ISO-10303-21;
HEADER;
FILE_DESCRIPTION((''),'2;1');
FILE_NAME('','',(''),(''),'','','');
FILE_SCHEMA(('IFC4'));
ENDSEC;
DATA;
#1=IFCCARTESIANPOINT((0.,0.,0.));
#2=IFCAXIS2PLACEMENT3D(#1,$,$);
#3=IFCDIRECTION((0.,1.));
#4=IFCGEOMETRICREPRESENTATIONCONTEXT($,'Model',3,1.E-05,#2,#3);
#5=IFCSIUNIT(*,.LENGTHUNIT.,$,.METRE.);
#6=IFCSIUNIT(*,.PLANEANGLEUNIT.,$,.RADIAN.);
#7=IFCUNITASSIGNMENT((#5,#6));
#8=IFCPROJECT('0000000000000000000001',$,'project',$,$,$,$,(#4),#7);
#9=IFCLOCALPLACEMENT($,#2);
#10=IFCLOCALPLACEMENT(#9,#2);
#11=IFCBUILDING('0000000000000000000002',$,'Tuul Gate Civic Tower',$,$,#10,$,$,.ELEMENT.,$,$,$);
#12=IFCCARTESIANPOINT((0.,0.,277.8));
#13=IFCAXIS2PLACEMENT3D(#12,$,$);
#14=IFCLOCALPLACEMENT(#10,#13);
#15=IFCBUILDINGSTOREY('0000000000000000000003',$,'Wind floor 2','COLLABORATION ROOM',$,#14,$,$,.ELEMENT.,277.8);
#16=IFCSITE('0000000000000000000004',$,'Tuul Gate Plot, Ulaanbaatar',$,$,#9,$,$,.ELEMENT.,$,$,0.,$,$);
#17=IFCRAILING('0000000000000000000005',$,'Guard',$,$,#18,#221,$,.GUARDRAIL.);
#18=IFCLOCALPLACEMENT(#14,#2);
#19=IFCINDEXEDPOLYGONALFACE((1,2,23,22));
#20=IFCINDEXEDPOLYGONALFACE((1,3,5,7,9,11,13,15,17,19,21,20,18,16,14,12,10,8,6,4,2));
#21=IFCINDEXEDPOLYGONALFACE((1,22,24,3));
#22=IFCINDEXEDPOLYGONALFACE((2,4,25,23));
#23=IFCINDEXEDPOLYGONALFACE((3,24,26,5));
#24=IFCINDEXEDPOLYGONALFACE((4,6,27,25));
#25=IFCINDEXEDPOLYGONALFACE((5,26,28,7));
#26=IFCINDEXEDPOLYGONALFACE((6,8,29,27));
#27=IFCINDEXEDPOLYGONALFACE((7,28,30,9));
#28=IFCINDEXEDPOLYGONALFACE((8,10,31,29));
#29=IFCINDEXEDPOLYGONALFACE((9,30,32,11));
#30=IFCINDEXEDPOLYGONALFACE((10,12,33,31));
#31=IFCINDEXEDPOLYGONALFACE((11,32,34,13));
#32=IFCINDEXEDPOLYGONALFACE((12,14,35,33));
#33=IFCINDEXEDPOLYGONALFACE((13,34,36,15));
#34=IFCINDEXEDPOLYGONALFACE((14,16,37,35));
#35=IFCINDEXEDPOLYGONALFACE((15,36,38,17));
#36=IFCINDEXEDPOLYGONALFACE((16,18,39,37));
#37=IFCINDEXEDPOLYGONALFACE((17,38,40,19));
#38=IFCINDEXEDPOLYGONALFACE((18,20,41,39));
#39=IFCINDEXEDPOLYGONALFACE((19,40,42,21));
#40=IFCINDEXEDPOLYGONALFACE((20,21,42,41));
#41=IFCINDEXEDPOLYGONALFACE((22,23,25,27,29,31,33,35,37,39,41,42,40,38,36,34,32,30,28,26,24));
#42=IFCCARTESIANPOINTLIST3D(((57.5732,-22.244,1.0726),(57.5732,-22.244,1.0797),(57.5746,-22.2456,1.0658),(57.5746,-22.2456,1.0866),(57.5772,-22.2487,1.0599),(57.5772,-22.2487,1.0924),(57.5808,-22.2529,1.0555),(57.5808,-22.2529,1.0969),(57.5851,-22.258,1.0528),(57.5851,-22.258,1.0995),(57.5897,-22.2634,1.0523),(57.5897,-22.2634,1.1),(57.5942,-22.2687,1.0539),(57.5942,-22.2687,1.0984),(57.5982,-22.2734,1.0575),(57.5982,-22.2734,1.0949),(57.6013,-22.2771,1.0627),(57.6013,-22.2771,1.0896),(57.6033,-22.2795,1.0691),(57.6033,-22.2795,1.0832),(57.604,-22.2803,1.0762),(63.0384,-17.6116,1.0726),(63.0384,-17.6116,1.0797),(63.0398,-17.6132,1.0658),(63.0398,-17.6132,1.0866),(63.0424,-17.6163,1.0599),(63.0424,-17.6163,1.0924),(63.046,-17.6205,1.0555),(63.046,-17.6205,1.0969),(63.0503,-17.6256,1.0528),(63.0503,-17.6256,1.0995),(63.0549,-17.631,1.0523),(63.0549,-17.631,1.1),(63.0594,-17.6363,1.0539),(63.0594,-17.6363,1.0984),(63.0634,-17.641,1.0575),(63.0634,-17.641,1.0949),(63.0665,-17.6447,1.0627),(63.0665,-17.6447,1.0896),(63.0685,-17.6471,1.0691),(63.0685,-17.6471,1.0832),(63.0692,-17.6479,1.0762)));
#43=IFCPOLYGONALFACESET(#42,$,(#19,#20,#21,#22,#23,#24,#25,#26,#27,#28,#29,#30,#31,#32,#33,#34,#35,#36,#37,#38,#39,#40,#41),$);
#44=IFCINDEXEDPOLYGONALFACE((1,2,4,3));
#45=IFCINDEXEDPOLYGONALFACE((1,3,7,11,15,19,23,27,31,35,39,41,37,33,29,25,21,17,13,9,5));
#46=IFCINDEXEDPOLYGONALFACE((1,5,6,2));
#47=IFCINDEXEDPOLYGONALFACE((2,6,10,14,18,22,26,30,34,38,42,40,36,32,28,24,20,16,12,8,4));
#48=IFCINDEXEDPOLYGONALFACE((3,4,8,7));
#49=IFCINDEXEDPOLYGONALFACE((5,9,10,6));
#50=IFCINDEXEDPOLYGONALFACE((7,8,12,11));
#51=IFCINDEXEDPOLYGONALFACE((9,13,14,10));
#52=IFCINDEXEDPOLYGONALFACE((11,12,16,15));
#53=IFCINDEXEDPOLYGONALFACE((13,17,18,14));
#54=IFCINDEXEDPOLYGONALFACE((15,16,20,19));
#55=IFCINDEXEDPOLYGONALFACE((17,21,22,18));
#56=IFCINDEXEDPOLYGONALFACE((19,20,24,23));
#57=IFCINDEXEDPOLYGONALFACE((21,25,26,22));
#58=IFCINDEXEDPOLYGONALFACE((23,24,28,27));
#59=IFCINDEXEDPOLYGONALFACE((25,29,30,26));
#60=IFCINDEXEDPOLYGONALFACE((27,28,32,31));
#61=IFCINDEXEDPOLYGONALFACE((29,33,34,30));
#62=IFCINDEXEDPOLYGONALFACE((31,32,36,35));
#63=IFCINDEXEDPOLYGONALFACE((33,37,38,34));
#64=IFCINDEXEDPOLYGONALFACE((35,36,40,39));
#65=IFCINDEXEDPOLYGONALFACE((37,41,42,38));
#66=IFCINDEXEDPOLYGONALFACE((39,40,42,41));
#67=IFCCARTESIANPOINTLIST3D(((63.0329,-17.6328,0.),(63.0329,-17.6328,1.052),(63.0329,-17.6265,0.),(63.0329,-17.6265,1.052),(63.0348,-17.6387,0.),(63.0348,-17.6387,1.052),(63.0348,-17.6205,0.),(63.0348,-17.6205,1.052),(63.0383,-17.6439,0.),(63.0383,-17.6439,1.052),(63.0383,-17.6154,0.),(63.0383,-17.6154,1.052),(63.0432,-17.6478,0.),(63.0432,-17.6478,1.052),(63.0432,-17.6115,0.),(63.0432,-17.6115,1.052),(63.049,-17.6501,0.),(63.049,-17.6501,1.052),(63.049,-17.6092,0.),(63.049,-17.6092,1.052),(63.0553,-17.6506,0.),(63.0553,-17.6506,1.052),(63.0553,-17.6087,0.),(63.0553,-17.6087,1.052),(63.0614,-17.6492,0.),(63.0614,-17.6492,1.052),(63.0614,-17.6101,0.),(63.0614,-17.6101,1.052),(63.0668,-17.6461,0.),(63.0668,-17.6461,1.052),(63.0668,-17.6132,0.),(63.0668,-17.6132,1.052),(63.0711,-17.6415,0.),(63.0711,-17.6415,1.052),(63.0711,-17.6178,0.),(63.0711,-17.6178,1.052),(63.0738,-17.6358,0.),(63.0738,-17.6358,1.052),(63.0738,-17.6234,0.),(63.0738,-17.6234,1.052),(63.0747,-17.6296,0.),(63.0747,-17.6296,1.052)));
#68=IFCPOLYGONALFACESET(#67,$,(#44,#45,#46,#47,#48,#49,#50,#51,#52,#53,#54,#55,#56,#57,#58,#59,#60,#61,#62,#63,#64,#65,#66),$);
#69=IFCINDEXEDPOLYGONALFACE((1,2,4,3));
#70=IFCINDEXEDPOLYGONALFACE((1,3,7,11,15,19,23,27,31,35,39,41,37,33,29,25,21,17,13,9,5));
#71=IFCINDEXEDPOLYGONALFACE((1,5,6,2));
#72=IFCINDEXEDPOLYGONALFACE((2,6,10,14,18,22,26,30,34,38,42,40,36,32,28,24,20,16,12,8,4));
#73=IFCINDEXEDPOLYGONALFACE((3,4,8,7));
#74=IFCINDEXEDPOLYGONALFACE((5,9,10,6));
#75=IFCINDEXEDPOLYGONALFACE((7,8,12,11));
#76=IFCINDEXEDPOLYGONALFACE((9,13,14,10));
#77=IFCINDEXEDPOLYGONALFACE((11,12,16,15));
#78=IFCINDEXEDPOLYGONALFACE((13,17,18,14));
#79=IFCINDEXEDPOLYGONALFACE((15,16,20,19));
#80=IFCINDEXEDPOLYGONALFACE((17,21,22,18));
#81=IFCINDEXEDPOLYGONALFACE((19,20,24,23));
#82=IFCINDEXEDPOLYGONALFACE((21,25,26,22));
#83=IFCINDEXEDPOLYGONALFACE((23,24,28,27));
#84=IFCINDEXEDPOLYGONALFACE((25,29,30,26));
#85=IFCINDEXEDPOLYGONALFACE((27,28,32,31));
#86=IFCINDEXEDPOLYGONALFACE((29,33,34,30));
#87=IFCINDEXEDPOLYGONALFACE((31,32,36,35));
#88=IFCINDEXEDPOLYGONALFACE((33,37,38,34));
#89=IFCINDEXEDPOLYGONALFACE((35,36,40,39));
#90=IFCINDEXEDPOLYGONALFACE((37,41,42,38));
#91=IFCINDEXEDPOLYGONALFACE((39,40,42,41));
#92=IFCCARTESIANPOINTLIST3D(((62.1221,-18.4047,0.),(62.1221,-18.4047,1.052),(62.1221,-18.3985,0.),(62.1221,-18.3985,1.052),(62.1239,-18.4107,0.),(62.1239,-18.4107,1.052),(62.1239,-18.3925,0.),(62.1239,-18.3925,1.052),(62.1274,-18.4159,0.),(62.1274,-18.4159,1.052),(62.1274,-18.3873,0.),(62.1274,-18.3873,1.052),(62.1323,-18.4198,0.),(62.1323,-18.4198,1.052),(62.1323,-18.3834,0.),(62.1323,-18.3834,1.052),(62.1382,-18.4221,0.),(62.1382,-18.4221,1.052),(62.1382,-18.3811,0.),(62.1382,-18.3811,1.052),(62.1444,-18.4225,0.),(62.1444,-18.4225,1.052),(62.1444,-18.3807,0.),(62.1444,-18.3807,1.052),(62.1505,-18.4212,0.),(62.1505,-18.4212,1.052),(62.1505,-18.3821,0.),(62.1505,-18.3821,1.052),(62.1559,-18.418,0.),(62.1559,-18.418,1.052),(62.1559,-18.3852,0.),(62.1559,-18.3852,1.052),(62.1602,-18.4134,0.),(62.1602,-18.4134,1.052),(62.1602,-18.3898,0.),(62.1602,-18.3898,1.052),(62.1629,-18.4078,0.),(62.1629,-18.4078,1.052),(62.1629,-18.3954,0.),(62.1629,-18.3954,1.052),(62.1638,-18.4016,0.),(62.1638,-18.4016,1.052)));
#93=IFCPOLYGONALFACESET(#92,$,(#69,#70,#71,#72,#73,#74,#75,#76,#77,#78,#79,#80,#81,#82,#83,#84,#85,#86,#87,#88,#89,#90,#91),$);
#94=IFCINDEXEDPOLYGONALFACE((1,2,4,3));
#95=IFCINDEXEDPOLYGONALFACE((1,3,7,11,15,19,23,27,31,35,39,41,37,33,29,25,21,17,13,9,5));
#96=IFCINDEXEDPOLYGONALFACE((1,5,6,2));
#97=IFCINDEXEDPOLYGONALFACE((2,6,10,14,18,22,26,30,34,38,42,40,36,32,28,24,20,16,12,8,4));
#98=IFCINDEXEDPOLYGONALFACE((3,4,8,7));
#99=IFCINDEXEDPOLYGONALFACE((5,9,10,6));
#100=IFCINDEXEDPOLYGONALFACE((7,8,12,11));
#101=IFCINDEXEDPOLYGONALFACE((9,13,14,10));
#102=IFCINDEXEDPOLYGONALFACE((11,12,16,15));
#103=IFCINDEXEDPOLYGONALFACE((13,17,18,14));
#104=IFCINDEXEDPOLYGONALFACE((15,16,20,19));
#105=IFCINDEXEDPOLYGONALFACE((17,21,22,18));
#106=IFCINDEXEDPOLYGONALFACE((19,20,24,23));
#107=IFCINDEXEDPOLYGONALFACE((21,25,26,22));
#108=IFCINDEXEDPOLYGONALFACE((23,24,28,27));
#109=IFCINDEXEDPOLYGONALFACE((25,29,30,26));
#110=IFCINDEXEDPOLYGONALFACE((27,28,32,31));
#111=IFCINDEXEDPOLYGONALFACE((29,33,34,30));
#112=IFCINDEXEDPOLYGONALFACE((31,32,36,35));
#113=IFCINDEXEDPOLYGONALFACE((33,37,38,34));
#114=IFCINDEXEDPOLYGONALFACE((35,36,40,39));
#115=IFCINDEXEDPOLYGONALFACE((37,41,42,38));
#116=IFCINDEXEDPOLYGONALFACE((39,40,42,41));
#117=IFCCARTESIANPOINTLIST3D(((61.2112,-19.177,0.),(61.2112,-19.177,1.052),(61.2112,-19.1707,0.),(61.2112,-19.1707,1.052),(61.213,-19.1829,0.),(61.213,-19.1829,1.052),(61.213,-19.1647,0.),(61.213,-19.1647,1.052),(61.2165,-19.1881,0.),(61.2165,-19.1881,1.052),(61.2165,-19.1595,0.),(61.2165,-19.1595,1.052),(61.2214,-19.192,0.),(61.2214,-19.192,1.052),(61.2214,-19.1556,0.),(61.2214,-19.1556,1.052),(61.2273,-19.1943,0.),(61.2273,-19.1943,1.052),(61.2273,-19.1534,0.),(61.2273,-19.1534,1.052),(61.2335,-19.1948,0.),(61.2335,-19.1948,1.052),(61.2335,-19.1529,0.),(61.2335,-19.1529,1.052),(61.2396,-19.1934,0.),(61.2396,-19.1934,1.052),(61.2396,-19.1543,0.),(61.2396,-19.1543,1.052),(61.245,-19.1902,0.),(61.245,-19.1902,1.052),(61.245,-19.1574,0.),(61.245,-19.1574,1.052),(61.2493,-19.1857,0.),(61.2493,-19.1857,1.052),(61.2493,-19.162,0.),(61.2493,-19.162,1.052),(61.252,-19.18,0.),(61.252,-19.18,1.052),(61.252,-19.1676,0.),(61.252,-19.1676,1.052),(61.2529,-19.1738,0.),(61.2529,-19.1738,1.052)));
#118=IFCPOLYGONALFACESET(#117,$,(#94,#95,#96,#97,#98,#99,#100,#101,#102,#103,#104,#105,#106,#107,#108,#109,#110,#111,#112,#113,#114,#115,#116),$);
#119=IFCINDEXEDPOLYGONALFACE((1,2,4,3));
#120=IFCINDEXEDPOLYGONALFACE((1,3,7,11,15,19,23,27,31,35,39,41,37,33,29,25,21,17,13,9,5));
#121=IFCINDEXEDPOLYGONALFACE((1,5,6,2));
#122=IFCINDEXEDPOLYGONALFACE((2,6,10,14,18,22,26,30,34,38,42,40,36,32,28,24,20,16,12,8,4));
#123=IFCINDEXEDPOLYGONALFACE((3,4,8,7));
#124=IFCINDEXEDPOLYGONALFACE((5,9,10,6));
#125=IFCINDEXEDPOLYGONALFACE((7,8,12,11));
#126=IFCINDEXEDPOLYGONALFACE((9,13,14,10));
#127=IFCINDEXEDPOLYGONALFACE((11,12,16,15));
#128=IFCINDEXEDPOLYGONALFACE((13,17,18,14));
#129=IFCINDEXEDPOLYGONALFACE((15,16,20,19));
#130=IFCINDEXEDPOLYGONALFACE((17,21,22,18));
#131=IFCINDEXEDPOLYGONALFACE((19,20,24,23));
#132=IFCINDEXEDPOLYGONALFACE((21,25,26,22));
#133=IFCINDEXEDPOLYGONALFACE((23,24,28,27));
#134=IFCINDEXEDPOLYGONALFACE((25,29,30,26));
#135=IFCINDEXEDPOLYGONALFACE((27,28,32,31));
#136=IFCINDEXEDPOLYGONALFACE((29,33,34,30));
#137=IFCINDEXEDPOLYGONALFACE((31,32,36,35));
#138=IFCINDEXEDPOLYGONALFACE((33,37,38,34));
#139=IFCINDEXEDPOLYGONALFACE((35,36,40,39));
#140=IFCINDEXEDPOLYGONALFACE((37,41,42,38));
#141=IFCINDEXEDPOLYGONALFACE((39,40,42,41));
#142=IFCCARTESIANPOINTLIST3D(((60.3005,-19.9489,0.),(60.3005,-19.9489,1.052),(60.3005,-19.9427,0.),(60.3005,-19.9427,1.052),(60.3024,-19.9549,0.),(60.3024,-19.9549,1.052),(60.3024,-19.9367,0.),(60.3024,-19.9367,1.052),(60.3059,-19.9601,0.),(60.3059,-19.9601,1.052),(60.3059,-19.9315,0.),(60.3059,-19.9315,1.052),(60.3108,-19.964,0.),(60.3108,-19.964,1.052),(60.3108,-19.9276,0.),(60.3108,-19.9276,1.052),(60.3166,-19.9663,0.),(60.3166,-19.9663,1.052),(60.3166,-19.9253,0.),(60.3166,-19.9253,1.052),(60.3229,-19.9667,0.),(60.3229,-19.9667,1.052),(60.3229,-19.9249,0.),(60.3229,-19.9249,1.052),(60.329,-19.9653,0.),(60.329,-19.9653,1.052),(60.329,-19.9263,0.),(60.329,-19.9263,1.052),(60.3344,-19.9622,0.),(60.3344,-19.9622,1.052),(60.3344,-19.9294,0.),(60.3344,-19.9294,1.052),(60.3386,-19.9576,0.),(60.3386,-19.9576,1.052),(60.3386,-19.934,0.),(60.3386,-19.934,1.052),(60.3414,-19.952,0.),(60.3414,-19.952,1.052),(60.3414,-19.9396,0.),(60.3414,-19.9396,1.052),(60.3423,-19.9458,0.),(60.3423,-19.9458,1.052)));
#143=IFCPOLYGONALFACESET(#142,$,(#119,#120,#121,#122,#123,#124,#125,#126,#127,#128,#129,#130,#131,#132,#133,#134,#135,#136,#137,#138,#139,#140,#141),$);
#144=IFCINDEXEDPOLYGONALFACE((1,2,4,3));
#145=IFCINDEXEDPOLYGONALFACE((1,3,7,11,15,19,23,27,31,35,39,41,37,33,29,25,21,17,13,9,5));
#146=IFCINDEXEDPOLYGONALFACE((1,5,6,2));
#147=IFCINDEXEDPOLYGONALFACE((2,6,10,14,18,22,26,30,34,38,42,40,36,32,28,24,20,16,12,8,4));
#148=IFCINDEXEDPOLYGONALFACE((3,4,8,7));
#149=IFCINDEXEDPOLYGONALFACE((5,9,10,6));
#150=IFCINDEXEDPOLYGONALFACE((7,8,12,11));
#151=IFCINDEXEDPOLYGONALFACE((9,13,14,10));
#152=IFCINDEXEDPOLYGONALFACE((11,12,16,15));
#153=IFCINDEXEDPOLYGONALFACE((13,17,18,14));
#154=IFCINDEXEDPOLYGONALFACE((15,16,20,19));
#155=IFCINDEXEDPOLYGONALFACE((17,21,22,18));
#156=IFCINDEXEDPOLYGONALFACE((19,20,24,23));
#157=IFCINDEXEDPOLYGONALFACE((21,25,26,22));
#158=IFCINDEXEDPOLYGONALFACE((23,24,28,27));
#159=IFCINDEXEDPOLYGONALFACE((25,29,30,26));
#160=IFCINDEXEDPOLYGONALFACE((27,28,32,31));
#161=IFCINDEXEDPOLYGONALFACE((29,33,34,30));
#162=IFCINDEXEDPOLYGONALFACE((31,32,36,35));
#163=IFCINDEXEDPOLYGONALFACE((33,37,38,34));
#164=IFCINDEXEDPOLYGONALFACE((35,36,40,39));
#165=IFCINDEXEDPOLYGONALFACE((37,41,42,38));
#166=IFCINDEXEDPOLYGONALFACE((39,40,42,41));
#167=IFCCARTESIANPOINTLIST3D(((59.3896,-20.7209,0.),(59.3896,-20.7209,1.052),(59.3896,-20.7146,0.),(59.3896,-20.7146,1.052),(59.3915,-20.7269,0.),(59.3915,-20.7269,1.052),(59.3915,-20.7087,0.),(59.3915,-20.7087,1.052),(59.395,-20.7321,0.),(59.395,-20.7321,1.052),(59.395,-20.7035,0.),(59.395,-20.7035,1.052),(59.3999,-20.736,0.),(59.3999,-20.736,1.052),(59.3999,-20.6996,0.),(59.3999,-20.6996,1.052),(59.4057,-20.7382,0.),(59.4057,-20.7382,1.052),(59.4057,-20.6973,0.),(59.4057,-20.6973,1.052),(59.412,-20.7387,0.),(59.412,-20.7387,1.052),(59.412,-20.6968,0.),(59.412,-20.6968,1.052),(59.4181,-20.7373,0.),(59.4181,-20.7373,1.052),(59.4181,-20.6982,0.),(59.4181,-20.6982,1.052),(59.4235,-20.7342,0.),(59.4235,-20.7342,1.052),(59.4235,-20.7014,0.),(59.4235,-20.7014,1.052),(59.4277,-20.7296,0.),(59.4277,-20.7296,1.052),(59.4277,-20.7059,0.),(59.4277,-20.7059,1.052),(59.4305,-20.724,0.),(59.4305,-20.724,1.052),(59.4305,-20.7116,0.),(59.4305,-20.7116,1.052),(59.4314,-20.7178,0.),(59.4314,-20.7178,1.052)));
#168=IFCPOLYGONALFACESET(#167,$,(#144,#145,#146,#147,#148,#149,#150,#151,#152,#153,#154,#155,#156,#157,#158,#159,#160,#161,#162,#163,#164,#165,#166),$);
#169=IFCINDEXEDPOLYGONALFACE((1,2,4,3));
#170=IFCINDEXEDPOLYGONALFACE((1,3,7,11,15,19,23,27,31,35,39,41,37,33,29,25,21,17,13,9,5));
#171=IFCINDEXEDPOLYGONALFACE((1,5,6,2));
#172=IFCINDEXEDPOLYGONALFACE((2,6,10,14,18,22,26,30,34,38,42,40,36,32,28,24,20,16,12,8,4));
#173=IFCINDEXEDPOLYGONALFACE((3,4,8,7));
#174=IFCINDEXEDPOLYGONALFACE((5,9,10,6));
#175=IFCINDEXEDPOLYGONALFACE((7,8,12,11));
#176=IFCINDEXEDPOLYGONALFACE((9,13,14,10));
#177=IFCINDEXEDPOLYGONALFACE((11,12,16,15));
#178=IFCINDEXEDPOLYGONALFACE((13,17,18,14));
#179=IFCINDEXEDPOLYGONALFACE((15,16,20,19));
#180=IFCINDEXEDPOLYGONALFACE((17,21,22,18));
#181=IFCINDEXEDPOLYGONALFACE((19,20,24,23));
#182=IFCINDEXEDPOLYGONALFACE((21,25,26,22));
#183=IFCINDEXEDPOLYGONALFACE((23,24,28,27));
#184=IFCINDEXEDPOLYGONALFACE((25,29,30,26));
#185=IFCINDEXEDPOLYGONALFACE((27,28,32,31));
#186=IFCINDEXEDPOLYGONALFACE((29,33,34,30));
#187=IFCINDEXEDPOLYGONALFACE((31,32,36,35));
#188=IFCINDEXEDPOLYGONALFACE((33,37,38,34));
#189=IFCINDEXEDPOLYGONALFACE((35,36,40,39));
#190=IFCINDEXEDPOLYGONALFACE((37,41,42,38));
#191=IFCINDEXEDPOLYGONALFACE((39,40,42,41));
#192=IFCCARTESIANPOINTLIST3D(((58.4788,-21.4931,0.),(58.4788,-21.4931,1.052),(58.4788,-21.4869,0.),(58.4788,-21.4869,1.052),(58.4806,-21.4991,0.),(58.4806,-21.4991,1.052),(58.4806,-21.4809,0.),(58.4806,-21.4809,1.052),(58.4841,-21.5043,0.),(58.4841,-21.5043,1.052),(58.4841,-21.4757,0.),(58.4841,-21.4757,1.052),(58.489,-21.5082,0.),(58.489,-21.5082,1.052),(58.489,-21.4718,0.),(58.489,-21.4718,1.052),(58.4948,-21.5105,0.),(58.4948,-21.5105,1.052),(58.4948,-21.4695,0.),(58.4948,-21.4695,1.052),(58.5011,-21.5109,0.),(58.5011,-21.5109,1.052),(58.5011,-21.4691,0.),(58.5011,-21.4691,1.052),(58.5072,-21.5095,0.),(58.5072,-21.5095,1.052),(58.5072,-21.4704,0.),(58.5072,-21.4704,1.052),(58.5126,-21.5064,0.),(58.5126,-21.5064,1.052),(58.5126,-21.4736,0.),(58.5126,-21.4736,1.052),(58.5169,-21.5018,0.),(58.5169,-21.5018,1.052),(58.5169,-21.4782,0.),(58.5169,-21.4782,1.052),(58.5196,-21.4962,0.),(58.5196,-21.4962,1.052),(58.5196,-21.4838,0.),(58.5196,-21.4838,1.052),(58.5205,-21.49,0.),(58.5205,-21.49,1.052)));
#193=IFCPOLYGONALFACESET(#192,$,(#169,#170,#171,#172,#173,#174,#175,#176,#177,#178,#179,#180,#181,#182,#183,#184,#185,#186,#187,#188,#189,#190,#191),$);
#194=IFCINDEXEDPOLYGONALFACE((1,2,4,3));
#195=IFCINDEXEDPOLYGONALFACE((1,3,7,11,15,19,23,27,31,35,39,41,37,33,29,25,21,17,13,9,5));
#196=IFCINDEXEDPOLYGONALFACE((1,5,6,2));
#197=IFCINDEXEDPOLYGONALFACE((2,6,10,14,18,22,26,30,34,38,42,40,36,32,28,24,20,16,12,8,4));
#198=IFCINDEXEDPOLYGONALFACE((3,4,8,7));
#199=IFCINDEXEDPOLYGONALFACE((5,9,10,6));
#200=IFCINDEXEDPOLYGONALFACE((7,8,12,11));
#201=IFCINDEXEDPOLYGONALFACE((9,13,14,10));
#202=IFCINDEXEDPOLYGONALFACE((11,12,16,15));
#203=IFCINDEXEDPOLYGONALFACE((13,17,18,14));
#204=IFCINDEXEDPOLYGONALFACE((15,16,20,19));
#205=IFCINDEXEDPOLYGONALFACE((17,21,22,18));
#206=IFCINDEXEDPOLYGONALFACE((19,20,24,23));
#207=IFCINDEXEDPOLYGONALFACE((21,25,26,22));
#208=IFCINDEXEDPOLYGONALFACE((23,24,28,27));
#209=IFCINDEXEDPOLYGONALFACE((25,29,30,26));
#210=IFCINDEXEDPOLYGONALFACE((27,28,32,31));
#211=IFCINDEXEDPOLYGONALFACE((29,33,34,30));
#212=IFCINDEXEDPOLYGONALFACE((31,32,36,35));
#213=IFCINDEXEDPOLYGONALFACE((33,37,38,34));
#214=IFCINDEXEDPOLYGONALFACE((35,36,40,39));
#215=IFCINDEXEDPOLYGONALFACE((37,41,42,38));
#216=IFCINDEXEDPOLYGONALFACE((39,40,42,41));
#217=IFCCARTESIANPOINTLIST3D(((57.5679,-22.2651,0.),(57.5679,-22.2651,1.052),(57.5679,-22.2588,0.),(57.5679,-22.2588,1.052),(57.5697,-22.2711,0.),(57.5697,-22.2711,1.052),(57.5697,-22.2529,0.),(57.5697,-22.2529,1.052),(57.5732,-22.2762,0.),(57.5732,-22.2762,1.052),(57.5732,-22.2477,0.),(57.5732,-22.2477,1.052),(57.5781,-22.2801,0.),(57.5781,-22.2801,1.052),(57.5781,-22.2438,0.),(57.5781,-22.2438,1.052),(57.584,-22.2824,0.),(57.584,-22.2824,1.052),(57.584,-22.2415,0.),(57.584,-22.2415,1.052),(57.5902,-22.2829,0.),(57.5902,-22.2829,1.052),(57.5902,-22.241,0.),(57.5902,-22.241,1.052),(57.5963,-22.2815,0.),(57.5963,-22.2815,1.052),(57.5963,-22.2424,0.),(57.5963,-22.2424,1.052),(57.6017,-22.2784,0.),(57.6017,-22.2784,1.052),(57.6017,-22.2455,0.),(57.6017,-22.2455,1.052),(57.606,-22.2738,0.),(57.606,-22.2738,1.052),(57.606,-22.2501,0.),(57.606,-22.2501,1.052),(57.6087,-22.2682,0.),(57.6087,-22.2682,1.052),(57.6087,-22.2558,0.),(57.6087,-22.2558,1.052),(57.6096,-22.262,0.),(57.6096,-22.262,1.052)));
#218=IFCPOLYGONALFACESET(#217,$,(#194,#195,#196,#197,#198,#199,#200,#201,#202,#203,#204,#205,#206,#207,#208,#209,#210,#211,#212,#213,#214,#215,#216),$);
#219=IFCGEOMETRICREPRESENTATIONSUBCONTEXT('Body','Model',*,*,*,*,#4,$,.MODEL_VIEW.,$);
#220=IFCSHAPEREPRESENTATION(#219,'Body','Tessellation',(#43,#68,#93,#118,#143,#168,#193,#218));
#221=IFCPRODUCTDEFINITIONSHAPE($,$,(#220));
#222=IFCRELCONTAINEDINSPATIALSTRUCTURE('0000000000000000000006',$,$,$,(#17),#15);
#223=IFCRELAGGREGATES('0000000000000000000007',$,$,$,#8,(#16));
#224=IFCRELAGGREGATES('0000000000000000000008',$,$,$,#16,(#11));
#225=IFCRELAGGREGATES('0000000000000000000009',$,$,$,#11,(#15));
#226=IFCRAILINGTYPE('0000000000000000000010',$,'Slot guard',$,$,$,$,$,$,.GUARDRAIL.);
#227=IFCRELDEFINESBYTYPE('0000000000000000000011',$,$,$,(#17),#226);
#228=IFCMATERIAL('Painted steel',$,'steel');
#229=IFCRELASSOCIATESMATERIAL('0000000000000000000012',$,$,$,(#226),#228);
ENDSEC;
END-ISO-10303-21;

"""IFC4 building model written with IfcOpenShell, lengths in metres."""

from ifc_helpers import new_model, si_unit, direction, frame, origin, origin_2d, place, context, subcontext, project, spatial, circle, extrude, material, type_object, element, save


model = new_model("IFC4")

# Units and contexts
model_context = context("Model", 3, precision=1e-05, world=origin(), true_north=direction((0.0, 1.0)))
body_context = subcontext(model_context, "Body", "Model", "MODEL_VIEW")
ifc_project = project(units=[si_unit("LENGTHUNIT", "METRE"), si_unit("PLANEANGLEUNIT", "RADIAN")], contexts=[model_context])

# Site, building, storey
site_placement = place(None, origin())
site = spatial("IfcSite", under=ifc_project, at=site_placement, Name="Tuul Gate Plot, Ulaanbaatar", CompositionType="ELEMENT", RefElevation=0.0)
building_placement = place(site_placement, origin())
building = spatial("IfcBuilding", under=site, at=building_placement, Name="Tuul Gate Civic Tower", CompositionType="ELEMENT")
storey_placement = place(building_placement, frame((0.0, 0.0, 277.8)))
storey = spatial("IfcBuildingStorey", under=building, at=storey_placement, Name="Wind floor 2", Description="COLLABORATION ROOM", CompositionType="ELEMENT", Elevation=277.8)

# Railing
ifc_material_1 = material(Name="Painted steel", Category="steel")
railing_type = type_object("IfcRailingType", Name="Slot guard", PredefinedType="GUARDRAIL", material=ifc_material_1)
railing_1_placement = place(storey_placement, frame((63.0537, -17.6296, 0.0)))
element("IfcRailing", 1, at=railing_1_placement, inside=storey, type_object=railing_type, Name="Guard", PredefinedType="GUARDRAIL", context=body_context, shape_type="SweptSolid", body=[
    extrude(circle(Radius=0.0239, at=origin_2d()), frame((0.0, 0.0, 1.0762), z_axis=(-0.762834, -0.646594, 0.0), x_axis=(0.646594, -0.762834, 0.0)), (0.0, 0.0, 1.0), 7.1643),
    extrude(circle(Radius=0.021, at=origin_2d()), origin(), (0.0, 0.0, 1.0), 1.052),
    extrude(circle(Radius=0.021, at=origin_2d()), frame((-0.9109, -0.772, 0.0)), (0.0, 0.0, 1.0), 1.052),
    extrude(circle(Radius=0.021, at=origin_2d()), frame((-1.8218, -1.5442, 0.0)), (0.0, 0.0, 1.0), 1.052),
    extrude(circle(Radius=0.021, at=origin_2d()), frame((-2.7324, -2.3162, 0.0)), (0.0, 0.0, 1.0), 1.052),
    extrude(circle(Radius=0.021, at=origin_2d()), frame((-3.6433, -3.0881, 0.0)), (0.0, 0.0, 1.0), 1.052),
    extrude(circle(Radius=0.021, at=origin_2d()), frame((-4.5542, -3.8604, 0.0)), (0.0, 0.0, 1.0), 1.052),
    extrude(circle(Radius=0.021, at=origin_2d()), frame((-5.4651, -4.6323, 0.0)), (0.0, 0.0, 1.0), 1.052),
])

save(model, "model.ifc")
